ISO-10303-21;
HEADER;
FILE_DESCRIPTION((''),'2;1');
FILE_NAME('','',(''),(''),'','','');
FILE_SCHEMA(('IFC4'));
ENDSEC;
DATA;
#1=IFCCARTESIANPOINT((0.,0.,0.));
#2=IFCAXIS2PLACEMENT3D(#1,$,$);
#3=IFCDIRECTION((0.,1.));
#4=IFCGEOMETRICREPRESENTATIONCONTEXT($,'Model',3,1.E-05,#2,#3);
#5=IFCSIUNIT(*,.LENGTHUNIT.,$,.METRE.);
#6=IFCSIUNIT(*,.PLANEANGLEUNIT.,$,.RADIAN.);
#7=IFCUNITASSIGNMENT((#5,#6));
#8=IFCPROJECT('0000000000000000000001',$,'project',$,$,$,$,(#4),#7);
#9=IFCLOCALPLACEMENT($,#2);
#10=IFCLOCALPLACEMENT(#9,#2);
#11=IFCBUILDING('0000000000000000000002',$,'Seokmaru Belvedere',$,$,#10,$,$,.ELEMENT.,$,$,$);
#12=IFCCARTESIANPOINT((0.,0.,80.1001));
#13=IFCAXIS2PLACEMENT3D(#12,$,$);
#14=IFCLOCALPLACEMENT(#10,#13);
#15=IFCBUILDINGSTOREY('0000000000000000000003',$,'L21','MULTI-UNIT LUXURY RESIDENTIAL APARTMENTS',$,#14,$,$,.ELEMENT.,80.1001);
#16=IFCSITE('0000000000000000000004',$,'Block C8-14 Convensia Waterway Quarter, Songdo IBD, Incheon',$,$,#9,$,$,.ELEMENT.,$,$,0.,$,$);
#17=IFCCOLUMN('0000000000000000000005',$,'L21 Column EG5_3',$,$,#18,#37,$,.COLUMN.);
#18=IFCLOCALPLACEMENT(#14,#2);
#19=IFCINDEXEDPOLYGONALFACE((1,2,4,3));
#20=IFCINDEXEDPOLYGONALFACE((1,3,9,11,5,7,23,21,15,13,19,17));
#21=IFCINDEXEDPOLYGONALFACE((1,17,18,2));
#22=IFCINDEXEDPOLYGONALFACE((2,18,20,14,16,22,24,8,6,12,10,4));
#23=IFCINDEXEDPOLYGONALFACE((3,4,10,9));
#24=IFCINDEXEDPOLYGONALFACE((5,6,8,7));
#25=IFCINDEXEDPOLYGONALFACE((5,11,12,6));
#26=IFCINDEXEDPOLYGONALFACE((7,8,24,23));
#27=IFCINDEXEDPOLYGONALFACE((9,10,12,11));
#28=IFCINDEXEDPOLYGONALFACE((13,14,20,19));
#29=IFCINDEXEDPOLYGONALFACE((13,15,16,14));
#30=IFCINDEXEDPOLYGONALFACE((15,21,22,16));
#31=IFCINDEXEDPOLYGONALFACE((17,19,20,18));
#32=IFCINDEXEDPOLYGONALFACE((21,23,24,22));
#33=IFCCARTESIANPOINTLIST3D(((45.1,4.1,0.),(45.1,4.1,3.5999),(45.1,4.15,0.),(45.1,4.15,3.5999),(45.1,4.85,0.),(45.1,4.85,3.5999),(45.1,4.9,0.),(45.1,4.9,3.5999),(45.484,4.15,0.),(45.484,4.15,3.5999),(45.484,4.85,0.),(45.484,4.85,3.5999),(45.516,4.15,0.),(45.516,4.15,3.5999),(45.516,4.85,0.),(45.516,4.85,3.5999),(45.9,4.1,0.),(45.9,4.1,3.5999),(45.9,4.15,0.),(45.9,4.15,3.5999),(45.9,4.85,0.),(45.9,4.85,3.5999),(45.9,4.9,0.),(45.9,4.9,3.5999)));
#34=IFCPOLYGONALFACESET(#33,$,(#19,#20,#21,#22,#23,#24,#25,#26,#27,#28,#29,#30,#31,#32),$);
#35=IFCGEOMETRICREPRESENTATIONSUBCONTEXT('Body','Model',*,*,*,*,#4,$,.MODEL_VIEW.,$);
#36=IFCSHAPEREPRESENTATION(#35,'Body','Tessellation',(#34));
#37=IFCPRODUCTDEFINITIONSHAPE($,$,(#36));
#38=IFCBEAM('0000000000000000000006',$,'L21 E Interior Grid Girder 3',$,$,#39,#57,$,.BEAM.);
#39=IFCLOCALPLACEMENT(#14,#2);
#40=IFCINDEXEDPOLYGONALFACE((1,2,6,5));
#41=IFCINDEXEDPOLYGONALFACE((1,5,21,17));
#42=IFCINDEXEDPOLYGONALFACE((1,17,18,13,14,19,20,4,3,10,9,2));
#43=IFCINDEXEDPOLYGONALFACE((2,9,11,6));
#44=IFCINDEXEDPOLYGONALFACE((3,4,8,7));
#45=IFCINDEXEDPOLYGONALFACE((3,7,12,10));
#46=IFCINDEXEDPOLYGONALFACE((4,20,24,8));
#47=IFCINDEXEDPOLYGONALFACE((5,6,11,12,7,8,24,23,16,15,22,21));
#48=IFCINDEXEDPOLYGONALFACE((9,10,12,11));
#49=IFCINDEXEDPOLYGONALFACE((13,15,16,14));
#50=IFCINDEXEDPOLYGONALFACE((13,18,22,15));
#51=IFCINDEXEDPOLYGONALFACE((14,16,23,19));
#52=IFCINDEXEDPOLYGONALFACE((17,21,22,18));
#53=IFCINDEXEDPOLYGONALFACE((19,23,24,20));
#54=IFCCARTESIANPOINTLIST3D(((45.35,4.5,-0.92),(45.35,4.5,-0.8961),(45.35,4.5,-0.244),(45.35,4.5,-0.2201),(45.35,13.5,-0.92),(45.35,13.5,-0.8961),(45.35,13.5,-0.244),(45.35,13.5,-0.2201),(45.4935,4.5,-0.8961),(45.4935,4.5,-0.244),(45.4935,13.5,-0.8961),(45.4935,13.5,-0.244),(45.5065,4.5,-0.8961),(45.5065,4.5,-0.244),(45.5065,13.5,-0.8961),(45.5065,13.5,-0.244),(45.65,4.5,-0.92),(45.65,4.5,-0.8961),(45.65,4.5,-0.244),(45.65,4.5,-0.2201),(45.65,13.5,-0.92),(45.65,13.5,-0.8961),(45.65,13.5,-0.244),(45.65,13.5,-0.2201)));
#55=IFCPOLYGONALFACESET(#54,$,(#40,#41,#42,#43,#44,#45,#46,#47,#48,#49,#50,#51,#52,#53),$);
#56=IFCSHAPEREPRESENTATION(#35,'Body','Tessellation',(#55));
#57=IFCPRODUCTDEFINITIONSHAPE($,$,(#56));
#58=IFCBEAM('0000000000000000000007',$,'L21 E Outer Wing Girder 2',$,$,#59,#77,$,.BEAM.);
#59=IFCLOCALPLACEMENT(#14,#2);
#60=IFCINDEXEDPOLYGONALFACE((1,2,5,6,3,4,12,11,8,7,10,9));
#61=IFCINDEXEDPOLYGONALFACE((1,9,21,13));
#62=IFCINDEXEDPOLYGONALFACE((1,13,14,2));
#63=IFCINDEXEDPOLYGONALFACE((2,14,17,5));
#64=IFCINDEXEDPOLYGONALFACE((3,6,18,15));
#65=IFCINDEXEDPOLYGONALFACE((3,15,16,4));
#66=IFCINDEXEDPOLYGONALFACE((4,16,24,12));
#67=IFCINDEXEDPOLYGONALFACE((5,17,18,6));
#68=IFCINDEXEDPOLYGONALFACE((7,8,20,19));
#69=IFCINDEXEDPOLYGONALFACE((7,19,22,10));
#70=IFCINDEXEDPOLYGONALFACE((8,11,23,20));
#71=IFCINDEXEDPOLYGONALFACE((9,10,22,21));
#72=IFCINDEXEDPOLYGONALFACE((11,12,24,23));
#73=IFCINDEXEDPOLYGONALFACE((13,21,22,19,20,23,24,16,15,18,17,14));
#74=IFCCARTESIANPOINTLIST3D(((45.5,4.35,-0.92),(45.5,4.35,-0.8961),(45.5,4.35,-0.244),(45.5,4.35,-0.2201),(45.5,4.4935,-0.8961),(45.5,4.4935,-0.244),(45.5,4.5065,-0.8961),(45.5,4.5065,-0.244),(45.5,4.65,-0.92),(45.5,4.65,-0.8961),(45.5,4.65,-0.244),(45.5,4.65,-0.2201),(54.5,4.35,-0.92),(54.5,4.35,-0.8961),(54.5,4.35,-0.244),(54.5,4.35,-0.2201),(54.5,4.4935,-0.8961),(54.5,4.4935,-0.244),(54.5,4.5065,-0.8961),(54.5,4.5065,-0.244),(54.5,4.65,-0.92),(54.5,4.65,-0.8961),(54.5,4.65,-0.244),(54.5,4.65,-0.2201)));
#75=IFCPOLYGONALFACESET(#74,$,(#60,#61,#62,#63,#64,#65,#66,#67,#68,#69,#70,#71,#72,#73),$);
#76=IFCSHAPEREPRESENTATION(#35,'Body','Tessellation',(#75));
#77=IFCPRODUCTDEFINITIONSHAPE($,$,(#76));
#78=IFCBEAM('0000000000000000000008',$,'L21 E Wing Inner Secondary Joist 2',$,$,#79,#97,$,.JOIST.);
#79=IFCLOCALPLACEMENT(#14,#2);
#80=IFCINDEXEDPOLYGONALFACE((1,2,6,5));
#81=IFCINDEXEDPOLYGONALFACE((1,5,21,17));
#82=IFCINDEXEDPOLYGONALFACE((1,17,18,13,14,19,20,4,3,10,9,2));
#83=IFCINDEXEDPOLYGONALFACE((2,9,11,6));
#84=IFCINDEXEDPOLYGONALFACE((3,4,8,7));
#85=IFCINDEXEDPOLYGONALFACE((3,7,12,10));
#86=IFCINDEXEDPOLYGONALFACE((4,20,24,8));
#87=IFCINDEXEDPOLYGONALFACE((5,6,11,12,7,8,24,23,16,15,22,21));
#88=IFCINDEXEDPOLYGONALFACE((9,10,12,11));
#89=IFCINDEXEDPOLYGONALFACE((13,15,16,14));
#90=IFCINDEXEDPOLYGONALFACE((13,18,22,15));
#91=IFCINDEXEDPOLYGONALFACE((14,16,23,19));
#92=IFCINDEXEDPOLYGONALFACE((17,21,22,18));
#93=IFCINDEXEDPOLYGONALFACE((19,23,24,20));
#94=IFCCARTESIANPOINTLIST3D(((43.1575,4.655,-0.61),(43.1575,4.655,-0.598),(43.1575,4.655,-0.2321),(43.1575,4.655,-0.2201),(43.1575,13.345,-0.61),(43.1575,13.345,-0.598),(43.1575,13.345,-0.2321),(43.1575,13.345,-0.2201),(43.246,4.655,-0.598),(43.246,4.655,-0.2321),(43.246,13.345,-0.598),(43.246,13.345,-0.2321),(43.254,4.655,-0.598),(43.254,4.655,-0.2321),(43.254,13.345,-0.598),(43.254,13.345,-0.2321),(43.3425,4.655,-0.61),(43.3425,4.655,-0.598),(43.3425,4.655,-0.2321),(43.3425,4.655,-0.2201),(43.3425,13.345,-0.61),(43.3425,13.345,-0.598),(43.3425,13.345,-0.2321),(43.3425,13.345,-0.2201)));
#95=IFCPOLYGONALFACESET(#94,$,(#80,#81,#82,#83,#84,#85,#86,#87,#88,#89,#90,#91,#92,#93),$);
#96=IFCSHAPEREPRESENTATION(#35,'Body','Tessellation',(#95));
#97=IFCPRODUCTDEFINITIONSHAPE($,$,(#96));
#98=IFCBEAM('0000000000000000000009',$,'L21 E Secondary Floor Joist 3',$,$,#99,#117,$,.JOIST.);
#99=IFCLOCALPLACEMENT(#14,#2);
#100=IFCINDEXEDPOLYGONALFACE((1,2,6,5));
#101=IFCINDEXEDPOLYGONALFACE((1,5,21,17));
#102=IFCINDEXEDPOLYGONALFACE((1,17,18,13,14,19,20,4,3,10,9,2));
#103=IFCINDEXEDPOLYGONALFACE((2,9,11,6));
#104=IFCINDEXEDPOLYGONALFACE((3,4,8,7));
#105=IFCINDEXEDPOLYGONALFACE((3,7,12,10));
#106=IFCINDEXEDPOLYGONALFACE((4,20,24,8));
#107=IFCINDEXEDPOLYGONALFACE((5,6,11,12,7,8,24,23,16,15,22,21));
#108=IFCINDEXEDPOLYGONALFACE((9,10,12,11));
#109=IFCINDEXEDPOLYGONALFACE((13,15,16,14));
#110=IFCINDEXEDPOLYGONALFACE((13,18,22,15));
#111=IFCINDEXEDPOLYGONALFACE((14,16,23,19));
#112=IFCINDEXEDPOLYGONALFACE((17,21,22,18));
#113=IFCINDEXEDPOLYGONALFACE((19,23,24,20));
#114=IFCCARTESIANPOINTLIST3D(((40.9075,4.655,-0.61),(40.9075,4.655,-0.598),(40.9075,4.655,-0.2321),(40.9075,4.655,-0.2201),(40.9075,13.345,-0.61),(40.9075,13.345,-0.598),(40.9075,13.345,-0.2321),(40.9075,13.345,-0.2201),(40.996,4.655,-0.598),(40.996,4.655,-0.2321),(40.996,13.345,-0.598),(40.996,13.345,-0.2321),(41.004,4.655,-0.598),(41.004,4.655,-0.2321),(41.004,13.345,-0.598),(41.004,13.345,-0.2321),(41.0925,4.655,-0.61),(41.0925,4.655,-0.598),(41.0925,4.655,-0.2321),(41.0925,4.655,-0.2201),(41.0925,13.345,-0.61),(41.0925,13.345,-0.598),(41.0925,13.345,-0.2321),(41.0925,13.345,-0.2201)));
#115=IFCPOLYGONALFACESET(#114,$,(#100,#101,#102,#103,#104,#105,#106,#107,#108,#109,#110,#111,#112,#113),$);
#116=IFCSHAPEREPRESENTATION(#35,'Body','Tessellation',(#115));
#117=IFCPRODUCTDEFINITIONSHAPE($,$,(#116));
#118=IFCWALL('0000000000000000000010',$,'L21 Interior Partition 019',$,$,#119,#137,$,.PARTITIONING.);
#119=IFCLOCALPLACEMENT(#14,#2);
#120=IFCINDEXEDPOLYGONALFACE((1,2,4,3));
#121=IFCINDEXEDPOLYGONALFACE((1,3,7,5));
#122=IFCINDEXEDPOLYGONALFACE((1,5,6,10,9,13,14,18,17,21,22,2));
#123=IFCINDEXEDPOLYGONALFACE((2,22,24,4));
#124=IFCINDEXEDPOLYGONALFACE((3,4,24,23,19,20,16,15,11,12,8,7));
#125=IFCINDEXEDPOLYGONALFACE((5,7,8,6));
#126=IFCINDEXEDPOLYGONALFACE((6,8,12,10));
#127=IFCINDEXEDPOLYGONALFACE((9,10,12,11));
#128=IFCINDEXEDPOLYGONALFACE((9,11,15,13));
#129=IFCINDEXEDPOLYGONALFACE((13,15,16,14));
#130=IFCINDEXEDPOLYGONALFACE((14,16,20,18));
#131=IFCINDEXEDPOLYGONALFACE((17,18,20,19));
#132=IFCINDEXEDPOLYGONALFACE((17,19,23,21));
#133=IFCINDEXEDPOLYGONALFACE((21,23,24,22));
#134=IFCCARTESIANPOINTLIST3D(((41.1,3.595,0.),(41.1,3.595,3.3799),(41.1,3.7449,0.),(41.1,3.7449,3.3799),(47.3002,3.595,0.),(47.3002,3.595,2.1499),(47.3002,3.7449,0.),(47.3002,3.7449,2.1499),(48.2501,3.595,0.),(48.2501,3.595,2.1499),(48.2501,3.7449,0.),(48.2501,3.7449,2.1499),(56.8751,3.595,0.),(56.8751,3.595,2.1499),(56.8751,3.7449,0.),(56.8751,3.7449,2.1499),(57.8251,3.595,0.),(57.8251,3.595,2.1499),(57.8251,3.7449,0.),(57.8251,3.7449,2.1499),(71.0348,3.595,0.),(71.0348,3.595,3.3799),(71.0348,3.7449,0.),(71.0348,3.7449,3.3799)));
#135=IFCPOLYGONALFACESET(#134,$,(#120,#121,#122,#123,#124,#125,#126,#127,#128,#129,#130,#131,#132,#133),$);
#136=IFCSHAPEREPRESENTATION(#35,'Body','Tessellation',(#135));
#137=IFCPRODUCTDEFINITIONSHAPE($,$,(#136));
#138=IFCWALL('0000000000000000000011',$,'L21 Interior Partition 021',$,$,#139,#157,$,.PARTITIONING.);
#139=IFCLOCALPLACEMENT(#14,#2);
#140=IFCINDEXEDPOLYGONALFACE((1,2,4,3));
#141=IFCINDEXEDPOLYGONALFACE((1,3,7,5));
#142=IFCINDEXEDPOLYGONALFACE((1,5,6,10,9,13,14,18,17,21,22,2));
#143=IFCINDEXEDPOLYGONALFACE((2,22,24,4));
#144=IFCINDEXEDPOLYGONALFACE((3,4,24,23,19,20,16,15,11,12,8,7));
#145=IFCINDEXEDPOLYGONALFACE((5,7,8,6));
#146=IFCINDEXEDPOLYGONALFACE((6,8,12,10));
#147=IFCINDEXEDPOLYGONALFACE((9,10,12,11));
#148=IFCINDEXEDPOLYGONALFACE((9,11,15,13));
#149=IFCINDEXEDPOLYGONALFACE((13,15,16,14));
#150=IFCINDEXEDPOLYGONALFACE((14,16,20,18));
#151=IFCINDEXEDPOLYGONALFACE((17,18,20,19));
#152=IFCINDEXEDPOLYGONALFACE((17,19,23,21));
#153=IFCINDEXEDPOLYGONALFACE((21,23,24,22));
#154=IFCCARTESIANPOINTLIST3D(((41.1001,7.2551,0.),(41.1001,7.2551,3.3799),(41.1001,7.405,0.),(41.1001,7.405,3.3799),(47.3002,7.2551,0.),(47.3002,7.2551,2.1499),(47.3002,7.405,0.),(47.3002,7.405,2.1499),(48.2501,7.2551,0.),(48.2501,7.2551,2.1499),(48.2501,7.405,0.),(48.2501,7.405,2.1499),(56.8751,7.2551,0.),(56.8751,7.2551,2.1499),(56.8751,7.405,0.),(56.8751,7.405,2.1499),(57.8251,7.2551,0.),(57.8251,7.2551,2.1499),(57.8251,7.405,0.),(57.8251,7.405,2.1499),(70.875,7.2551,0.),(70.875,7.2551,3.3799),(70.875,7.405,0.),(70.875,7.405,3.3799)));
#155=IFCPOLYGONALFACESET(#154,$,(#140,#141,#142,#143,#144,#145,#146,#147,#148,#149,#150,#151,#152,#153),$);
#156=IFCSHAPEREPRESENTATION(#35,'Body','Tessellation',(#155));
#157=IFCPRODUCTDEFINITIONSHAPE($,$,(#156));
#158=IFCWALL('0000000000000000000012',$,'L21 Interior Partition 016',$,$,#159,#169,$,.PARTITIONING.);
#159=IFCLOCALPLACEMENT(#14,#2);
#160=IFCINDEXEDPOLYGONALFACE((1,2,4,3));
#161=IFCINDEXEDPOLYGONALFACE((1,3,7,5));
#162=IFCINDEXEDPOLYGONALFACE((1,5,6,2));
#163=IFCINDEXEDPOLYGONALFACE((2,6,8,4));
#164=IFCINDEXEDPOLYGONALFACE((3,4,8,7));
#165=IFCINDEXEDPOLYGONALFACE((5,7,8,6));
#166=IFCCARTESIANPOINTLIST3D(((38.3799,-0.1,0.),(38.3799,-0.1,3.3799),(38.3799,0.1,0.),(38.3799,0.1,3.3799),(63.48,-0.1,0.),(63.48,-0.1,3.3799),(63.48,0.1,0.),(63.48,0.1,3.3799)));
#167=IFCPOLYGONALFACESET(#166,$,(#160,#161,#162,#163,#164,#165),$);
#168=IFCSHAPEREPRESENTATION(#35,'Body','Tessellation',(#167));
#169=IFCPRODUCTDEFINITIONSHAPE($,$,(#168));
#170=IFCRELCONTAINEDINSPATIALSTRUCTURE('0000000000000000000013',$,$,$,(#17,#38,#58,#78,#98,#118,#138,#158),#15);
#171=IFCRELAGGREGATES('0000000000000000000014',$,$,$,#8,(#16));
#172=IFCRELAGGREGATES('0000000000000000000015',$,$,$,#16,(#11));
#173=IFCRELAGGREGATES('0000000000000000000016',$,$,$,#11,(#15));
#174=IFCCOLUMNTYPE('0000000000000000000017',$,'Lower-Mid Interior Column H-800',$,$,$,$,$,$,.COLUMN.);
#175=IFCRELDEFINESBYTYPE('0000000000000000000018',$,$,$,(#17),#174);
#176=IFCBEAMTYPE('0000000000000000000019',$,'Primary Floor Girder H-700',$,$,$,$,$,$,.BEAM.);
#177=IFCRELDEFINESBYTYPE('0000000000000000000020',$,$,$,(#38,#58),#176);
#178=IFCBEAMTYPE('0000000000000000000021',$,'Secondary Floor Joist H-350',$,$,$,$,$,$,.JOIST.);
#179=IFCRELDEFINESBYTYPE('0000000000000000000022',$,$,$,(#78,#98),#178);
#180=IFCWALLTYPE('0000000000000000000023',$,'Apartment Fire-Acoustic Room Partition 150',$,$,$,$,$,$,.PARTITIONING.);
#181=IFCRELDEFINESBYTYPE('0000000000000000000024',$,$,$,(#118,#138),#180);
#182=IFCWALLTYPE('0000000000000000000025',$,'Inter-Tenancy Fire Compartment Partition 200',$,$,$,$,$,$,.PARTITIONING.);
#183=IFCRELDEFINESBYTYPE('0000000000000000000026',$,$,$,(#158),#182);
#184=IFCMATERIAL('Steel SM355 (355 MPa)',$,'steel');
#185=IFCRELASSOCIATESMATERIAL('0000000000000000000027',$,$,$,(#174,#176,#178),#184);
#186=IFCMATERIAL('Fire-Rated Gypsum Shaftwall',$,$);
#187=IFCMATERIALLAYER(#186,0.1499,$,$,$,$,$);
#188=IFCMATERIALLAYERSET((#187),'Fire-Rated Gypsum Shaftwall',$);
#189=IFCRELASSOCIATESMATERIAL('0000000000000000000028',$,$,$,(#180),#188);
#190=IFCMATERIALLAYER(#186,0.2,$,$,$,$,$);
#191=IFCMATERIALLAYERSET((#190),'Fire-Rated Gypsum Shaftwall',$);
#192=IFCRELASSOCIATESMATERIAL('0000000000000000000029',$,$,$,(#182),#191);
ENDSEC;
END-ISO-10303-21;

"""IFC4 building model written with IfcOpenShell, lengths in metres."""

from ifc_helpers import new_model, si_unit, direction, frame, frame_2d, origin, origin_2d, place, context, subcontext, project, spatial, rectangle, i_section, extrude, source, transform, mapped, material, layer, layer_set, material_profile, profile_set, type_object, type_shapes, element, save


model = new_model("IFC4")

# Units and contexts
model_context = context("Model", 3, precision=1e-05, world=origin(), true_north=direction((0.0, 1.0)))
body_context = subcontext(model_context, "Body", "Model", "MODEL_VIEW")
ifc_project = project(units=[si_unit("LENGTHUNIT", "METRE"), si_unit("PLANEANGLEUNIT", "RADIAN")], contexts=[model_context])

# Site, building, storey
site_placement = place(None, origin())
site = spatial("IfcSite", under=ifc_project, at=site_placement, Name="Block C8-14 Convensia Waterway Quarter, Songdo IBD, Incheon", CompositionType="ELEMENT", RefElevation=0.0)
building_placement = place(site_placement, origin())
building = spatial("IfcBuilding", under=site, at=building_placement, Name="Seokmaru Belvedere", CompositionType="ELEMENT")
storey_placement = place(building_placement, frame((0.0, 0.0, 80.1001)))
storey = spatial("IfcBuildingStorey", under=building, at=storey_placement, Name="L21", Description="MULTI-UNIT LUXURY RESIDENTIAL APARTMENTS", CompositionType="ELEMENT", Elevation=80.1001)

# Column
ifc_material_1 = material(Name="Steel SM355 (355 MPa)", Category="steel")
ifc_material_profile_1 = material_profile(ifc_material_1, i_section(OverallWidth=0.8, OverallDepth=0.8, WebThickness=0.032, FlangeThickness=0.05, at=origin_2d()), Name="H-800x800x32x50")
ifc_profile_set_1 = profile_set([ifc_material_profile_1], Name="Steel SM355 (355 MPa)")
column_type = type_object("IfcColumnType", Name="Lower-Mid Interior Column H-800", PredefinedType="COLUMN", material=ifc_profile_set_1)
shared_shape_1 = source(origin(), body_context, "Body", "SweptSolid", [
    extrude(i_section(OverallWidth=0.8, OverallDepth=0.8, WebThickness=0.032, FlangeThickness=0.05, at=origin_2d()), origin(), (0.0, 0.0, 1.0), 3.5999),
])
type_shapes(column_type, [shared_shape_1])
column_placement = place(storey_placement, frame((45.5, 4.5, 0.0), z_axis=(0.0, 0.0, 1.0), x_axis=(1.0, 0.0, 0.0)))
element("IfcColumn", 1, at=column_placement, inside=storey, type_object=column_type, Name="L21 Column EG5_3", PredefinedType="COLUMN", context=body_context, shape_type="MappedRepresentation", body=[
    mapped(shared_shape_1, transform((0.0, 0.0, 0.0), scale=1.0)),
])

# Beams
ifc_material_profile_2 = material_profile(ifc_material_1, i_section(OverallWidth=0.3, OverallDepth=0.7, WebThickness=0.0129, FlangeThickness=0.0239, at=origin_2d()), Name="H-700x300x13x24")
ifc_profile_set_2 = profile_set([ifc_material_profile_2], Name="Steel SM355 (355 MPa)")
beam_type_1 = type_object("IfcBeamType", Name="Primary Floor Girder H-700", PredefinedType="BEAM", material=ifc_profile_set_2)
shared_shape_2 = source(origin(), body_context, "Body", "SweptSolid", [
    extrude(i_section(OverallWidth=0.3, OverallDepth=0.7, WebThickness=0.0129, FlangeThickness=0.0239, at=origin_2d()), origin(), (0.0, 0.0, 1.0), 9.0),
])
type_shapes(beam_type_1, [shared_shape_2])
for number, where, z_axis, x_axis, name in (
    (2, (45.5, 4.5, -0.5701), (0.0, 1.0, 0.0), (-1.0, 0.0, 0.0), "L21 E Interior Grid Girder 3"),
    (3, (45.5, 4.5, -0.5701), (1.0, 0.0, 0.0), (0.0, 1.0, 0.0), "L21 E Outer Wing Girder 2"),
):
    element("IfcBeam", number, at=place(storey_placement, frame(where, z_axis=z_axis, x_axis=x_axis)), inside=storey, type_object=beam_type_1, Name=name, PredefinedType="BEAM", context=body_context, shape_type="MappedRepresentation", body=[
        mapped(shared_shape_2, transform((0.0, 0.0, 0.0), scale=1.0)),
    ])
ifc_material_profile_3 = material_profile(ifc_material_1, i_section(OverallWidth=0.1851, OverallDepth=0.3899, WebThickness=0.0081, FlangeThickness=0.012, at=origin_2d()), Name="H-390x185x8x12")
ifc_profile_set_3 = profile_set([ifc_material_profile_3], Name="Steel SM355 (355 MPa)")
beam_type_2 = type_object("IfcBeamType", Name="Secondary Floor Joist H-350", PredefinedType="JOIST", material=ifc_profile_set_3)
shared_shape_3 = source(origin(), body_context, "Body", "SweptSolid", [
    extrude(i_section(OverallWidth=0.1851, OverallDepth=0.3899, WebThickness=0.0081, FlangeThickness=0.012, at=origin_2d()), origin(), (0.0, 0.0, 1.0), 8.6899),
])
type_shapes(beam_type_2, [shared_shape_3])
for number, where, z_axis, x_axis, name in (
    (4, (43.25, 4.655, -0.415), (0.0, 1.0, 0.0), (-1.0, 0.0, 0.0), "L21 E Wing Inner Secondary Joist 2"),
    (5, (41.0, 4.655, -0.415), (0.0, 1.0, 0.0), (-1.0, 0.0, 0.0), "L21 E Secondary Floor Joist 3"),
):
    element("IfcBeam", number, at=place(storey_placement, frame(where, z_axis=z_axis, x_axis=x_axis)), inside=storey, type_object=beam_type_2, Name=name, PredefinedType="JOIST", context=body_context, shape_type="MappedRepresentation", body=[
        mapped(shared_shape_3, transform((0.0, 0.0, 0.0), scale=1.0)),
    ])

# Walls, openings
ifc_material_2 = material(Name="Fire-Rated Gypsum Shaftwall")
ifc_layer_1 = layer(ifc_material_2, 0.1499)
ifc_layer_set_1 = layer_set([ifc_layer_1], Name="Fire-Rated Gypsum Shaftwall")
wall_type_1 = type_object("IfcWallType", Name="Apartment Fire-Acoustic Room Partition 150", PredefinedType="PARTITIONING", material=ifc_layer_set_1)
wall_1_placement = place(storey_placement, frame((41.1001, 3.6699, 0.0), z_axis=(0.0, 0.0, 1.0), x_axis=(1.0, 0.0, 0.0)))
wall_1 = element("IfcWall", 6, at=wall_1_placement, inside=storey, type_object=wall_type_1, Name="L21 Interior Partition 019", PredefinedType="PARTITIONING", context=body_context, shape_type="SweptSolid", body=[
    extrude(rectangle(XDim=29.9348, YDim=0.1499, at=frame_2d((14.9673, 0.0))), origin(), (0.0, 0.0, 1.0), 3.3799),
])
opening_1_placement = place(wall_1_placement, frame((6.2, 0.0, 0.0)))
element("IfcOpeningElement", 7, at=opening_1_placement, cuts=wall_1, PredefinedType="OPENING", context=body_context, shape_type="SweptSolid", body=[
    extrude(rectangle(XDim=0.95, YDim=2.1499, at=frame_2d((0.4751, 1.075))), frame((0.0, 0.085, 0.0), z_axis=(0.0, -1.0, 0.0), x_axis=(1.0, 0.0, 0.0)), (0.0, 0.0, 1.0), 0.1699),
])
opening_2_placement = place(wall_1_placement, frame((15.7749, 0.0, 0.0)))
element("IfcOpeningElement", 8, at=opening_2_placement, cuts=wall_1, PredefinedType="OPENING", context=body_context, shape_type="SweptSolid", body=[
    extrude(rectangle(XDim=0.95, YDim=2.1499, at=frame_2d((0.4751, 1.075))), frame((0.0, 0.085, 0.0), z_axis=(0.0, -1.0, 0.0), x_axis=(1.0, 0.0, 0.0)), (0.0, 0.0, 1.0), 0.1699),
])
wall_2_placement = place(storey_placement, frame((41.1001, 7.3301, 0.0), z_axis=(0.0, 0.0, 1.0), x_axis=(1.0, 0.0, 0.0)))
wall_2 = element("IfcWall", 9, at=wall_2_placement, inside=storey, type_object=wall_type_1, Name="L21 Interior Partition 021", PredefinedType="PARTITIONING", context=body_context, shape_type="SweptSolid", body=[
    extrude(rectangle(XDim=29.7749, YDim=0.1499, at=frame_2d((14.8875, 0.0))), origin(), (0.0, 0.0, 1.0), 3.3799),
])
opening_3_placement = place(wall_2_placement, frame((6.2, 0.0, 0.0)))
element("IfcOpeningElement", 10, at=opening_3_placement, cuts=wall_2, PredefinedType="OPENING", context=body_context, shape_type="SweptSolid", body=[
    extrude(rectangle(XDim=0.95, YDim=2.1499, at=frame_2d((0.4751, 1.075))), frame((0.0, 0.085, 0.0), z_axis=(0.0, -1.0, 0.0), x_axis=(1.0, 0.0, 0.0)), (0.0, 0.0, 1.0), 0.1699),
])
opening_4_placement = place(wall_2_placement, frame((15.7749, 0.0, 0.0)))
element("IfcOpeningElement", 11, at=opening_4_placement, cuts=wall_2, PredefinedType="OPENING", context=body_context, shape_type="SweptSolid", body=[
    extrude(rectangle(XDim=0.95, YDim=2.1499, at=frame_2d((0.4751, 1.075))), frame((0.0, 0.085, 0.0), z_axis=(0.0, -1.0, 0.0), x_axis=(1.0, 0.0, 0.0)), (0.0, 0.0, 1.0), 0.1699),
])

# Wall
ifc_layer_2 = layer(ifc_material_2, 0.2)
ifc_layer_set_2 = layer_set([ifc_layer_2], Name="Fire-Rated Gypsum Shaftwall")
wall_type_2 = type_object("IfcWallType", Name="Inter-Tenancy Fire Compartment Partition 200", PredefinedType="PARTITIONING", material=ifc_layer_set_2)
wall_3_placement = place(storey_placement, frame((38.3799, 0.0, 0.0), z_axis=(0.0, 0.0, 1.0), x_axis=(1.0, 0.0, 0.0)))
element("IfcWall", 12, at=wall_3_placement, inside=storey, type_object=wall_type_2, Name="L21 Interior Partition 016", PredefinedType="PARTITIONING", context=body_context, shape_type="SweptSolid", body=[
    extrude(rectangle(XDim=25.1001, YDim=0.2, at=frame_2d((12.55, 0.0))), origin(), (0.0, 0.0, 1.0), 3.3799),
])

save(model, "model.ifc")
